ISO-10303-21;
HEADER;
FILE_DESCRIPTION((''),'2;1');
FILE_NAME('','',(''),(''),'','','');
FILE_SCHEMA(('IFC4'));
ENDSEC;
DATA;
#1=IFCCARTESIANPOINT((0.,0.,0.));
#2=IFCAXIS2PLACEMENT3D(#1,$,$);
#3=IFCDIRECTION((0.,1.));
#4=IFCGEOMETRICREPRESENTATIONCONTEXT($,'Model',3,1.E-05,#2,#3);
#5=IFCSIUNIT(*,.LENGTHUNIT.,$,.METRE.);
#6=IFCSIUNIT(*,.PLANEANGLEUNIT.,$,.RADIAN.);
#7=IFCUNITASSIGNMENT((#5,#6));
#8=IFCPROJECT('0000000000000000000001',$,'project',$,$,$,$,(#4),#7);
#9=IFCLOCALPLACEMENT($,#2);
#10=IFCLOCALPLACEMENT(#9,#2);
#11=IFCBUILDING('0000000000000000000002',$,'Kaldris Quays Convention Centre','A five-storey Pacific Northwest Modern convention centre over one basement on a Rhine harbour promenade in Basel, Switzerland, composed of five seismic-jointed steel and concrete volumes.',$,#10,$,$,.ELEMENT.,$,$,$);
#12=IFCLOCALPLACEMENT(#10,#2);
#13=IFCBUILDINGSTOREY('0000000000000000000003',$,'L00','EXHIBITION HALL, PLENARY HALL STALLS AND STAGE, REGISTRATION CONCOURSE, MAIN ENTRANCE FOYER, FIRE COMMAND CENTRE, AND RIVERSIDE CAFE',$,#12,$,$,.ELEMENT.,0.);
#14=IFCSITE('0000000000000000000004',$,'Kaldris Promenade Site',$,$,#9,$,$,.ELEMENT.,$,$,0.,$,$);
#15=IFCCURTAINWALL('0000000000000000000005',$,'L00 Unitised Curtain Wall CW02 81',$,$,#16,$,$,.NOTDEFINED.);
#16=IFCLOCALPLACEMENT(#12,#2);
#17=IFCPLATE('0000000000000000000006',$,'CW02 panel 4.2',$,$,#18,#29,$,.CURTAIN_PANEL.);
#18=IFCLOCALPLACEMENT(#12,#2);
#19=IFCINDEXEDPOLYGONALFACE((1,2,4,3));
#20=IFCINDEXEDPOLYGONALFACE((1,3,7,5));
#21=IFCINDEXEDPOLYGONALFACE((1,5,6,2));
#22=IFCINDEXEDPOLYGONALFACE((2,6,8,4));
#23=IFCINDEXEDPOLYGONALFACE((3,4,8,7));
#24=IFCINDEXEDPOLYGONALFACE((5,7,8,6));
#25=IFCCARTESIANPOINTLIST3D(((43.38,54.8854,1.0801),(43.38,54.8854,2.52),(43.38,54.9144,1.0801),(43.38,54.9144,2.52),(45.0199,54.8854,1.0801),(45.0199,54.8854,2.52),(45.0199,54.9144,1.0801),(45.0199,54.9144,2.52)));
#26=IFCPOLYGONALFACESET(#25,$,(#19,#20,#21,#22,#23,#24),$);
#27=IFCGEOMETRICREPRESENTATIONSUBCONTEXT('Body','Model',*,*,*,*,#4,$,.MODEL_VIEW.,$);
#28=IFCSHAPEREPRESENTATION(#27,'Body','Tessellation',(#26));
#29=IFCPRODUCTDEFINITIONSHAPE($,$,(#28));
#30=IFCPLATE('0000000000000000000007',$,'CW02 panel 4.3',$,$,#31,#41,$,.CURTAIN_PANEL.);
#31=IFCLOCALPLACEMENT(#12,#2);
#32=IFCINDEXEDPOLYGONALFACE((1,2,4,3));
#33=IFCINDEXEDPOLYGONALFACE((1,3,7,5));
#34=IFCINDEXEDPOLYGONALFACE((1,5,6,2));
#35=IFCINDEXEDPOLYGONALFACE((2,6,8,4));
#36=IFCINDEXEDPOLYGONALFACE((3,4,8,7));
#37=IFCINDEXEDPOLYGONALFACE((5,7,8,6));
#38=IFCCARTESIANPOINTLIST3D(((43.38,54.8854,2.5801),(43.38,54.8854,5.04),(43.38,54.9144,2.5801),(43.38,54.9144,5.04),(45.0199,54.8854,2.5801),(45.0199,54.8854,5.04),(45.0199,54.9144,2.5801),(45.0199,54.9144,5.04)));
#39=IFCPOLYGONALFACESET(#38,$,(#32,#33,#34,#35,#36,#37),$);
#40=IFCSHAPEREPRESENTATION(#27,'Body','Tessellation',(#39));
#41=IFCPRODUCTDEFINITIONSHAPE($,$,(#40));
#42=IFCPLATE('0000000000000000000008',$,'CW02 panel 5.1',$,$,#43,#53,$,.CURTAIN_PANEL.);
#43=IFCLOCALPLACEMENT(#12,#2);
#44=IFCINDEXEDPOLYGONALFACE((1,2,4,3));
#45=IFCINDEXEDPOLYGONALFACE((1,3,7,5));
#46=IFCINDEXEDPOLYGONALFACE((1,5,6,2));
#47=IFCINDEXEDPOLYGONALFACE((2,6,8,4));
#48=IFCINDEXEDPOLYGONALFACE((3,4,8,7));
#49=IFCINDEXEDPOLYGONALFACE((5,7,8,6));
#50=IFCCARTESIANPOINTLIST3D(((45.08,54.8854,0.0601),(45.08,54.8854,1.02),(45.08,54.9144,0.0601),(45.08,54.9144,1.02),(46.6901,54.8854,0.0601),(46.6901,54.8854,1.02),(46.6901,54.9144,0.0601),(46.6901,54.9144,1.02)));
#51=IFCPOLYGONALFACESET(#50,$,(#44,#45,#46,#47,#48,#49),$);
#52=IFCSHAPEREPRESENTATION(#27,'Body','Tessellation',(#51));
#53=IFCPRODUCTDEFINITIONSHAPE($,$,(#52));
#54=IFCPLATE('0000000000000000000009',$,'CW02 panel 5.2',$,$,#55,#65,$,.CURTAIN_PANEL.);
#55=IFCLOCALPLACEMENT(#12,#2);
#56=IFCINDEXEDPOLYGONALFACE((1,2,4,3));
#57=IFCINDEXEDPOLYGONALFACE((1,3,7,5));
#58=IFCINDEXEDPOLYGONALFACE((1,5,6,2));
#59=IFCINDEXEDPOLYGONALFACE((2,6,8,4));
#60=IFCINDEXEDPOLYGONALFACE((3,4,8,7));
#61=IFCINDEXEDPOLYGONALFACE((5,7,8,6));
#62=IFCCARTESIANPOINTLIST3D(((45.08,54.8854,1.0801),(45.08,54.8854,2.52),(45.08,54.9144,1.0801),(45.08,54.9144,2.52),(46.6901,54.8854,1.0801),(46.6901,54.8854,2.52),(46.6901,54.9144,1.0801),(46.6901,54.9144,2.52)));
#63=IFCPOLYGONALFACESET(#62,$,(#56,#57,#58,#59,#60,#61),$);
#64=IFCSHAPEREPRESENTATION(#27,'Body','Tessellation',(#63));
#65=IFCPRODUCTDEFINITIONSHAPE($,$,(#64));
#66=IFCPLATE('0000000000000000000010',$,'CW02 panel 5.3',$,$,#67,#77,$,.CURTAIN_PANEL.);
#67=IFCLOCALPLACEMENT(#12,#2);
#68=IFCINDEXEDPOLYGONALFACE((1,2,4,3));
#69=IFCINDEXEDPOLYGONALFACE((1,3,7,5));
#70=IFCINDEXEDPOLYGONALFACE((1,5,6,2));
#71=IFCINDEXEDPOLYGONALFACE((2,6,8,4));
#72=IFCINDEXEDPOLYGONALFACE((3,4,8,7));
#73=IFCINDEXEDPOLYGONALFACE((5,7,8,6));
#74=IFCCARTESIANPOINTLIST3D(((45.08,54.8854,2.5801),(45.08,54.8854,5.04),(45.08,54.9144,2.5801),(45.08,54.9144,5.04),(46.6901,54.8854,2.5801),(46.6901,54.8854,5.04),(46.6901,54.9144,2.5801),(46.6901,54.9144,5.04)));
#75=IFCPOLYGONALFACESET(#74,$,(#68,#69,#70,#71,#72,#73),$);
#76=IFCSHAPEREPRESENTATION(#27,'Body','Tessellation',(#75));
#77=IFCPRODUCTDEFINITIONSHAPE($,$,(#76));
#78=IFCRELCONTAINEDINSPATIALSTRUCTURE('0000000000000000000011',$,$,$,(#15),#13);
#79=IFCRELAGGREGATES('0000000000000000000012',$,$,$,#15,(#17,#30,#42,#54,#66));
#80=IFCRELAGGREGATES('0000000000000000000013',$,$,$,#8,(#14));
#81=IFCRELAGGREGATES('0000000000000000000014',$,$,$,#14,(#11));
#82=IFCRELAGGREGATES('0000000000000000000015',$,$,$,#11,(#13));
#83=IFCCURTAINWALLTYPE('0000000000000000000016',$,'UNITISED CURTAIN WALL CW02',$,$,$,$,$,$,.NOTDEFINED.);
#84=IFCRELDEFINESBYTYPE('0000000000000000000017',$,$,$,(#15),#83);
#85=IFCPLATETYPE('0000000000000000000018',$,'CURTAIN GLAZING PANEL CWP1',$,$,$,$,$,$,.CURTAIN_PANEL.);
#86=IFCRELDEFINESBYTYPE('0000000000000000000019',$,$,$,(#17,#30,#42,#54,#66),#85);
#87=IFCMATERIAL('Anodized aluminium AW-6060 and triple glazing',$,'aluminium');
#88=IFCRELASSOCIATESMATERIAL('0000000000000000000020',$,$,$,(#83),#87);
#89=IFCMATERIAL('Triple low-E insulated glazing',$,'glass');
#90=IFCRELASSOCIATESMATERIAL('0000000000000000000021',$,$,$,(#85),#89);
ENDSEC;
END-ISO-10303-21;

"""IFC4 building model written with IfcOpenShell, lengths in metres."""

from ifc_helpers import new_model, si_unit, direction, frame, origin, origin_2d, place, context, subcontext, project, spatial, rectangle, extrude, material, type_object, element, aggregate, save


model = new_model("IFC4")

# Units and contexts
model_context = context("Model", 3, precision=1e-05, world=origin(), true_north=direction((0.0, 1.0)))
body_context = subcontext(model_context, "Body", "Model", "MODEL_VIEW")
ifc_project = project(units=[si_unit("LENGTHUNIT", "METRE"), si_unit("PLANEANGLEUNIT", "RADIAN")], contexts=[model_context])

# Site, building, storey
site_placement = place(None, origin())
site = spatial("IfcSite", under=ifc_project, at=site_placement, Name="Kaldris Promenade Site", CompositionType="ELEMENT", RefElevation=0.0)
building_placement = place(site_placement, origin())
building = spatial("IfcBuilding", under=site, at=building_placement, Name="Kaldris Quays Convention Centre", Description="A five-storey Pacific Northwest Modern convention centre over one basement on a Rhine harbour promenade in Basel, Switzerland, composed of five seismic-jointed steel and concrete volumes.", CompositionType="ELEMENT")
storey_placement = place(building_placement, origin())
storey = spatial("IfcBuildingStorey", under=building, at=storey_placement, Name="L00", Description="EXHIBITION HALL, PLENARY HALL STALLS AND STAGE, REGISTRATION CONCOURSE, MAIN ENTRANCE FOYER, FIRE COMMAND CENTRE, AND RIVERSIDE CAFE", CompositionType="ELEMENT", Elevation=0.0)

# Curtain wall
ifc_material_1 = material(Name="Anodized aluminium AW-6060 and triple glazing", Category="aluminium")
curtain_wall_type = type_object("IfcCurtainWallType", Name="UNITISED CURTAIN WALL CW02", PredefinedType="NOTDEFINED", material=ifc_material_1)
curtain_wall_1_placement = place(storey_placement, origin())
curtain_wall_1 = element("IfcCurtainWall", 1, at=curtain_wall_1_placement, inside=storey, type_object=curtain_wall_type, Name="L00 Unitised Curtain Wall CW02 81", PredefinedType="NOTDEFINED")

# Plates
ifc_material_2 = material(Name="Triple low-E insulated glazing", Category="glass")
plate_type = type_object("IfcPlateType", Name="CURTAIN GLAZING PANEL CWP1", PredefinedType="CURTAIN_PANEL", material=ifc_material_2)
plate_1_placement = place(storey_placement, frame((44.2, 54.8999, 1.0801), z_axis=(0.0, 0.0, 1.0), x_axis=(1.0, 0.0, 0.0)))
plate_1 = element("IfcPlate", 2, at=plate_1_placement, type_object=plate_type, Name="CW02 panel 4.2", PredefinedType="CURTAIN_PANEL", context=body_context, shape_type="SweptSolid", body=[
    extrude(rectangle(XDim=1.6399, YDim=0.0291, at=origin_2d()), origin(), (0.0, 0.0, 1.0), 1.4399),
])
plate_2_placement = place(storey_placement, frame((44.2, 54.8999, 2.5801), z_axis=(0.0, 0.0, 1.0), x_axis=(1.0, 0.0, 0.0)))
plate_2 = element("IfcPlate", 3, at=plate_2_placement, type_object=plate_type, Name="CW02 panel 4.3", PredefinedType="CURTAIN_PANEL", context=body_context, shape_type="SweptSolid", body=[
    extrude(rectangle(XDim=1.6399, YDim=0.0291, at=origin_2d()), origin(), (0.0, 0.0, 1.0), 2.46),
])
plate_3_placement = place(storey_placement, frame((45.885, 54.8999, 0.0601), z_axis=(0.0, 0.0, 1.0), x_axis=(1.0, 0.0, 0.0)))
plate_3 = element("IfcPlate", 4, at=plate_3_placement, type_object=plate_type, Name="CW02 panel 5.1", PredefinedType="CURTAIN_PANEL", context=body_context, shape_type="SweptSolid", body=[
    extrude(rectangle(XDim=1.6101, YDim=0.0291, at=origin_2d()), origin(), (0.0, 0.0, 1.0), 0.96),
])
plate_4_placement = place(storey_placement, frame((45.885, 54.8999, 1.0801), z_axis=(0.0, 0.0, 1.0), x_axis=(1.0, 0.0, 0.0)))
plate_4 = element("IfcPlate", 5, at=plate_4_placement, type_object=plate_type, Name="CW02 panel 5.2", PredefinedType="CURTAIN_PANEL", context=body_context, shape_type="SweptSolid", body=[
    extrude(rectangle(XDim=1.6101, YDim=0.0291, at=origin_2d()), origin(), (0.0, 0.0, 1.0), 1.4399),
])
plate_5_placement = place(storey_placement, frame((45.885, 54.8999, 2.5801), z_axis=(0.0, 0.0, 1.0), x_axis=(1.0, 0.0, 0.0)))
plate_5 = element("IfcPlate", 6, at=plate_5_placement, type_object=plate_type, Name="CW02 panel 5.3", PredefinedType="CURTAIN_PANEL", context=body_context, shape_type="SweptSolid", body=[
    extrude(rectangle(XDim=1.6101, YDim=0.0291, at=origin_2d()), origin(), (0.0, 0.0, 1.0), 2.46),
])
aggregate(curtain_wall_1, [plate_1, plate_2, plate_3, plate_4, plate_5])

save(model, "model.ifc")
